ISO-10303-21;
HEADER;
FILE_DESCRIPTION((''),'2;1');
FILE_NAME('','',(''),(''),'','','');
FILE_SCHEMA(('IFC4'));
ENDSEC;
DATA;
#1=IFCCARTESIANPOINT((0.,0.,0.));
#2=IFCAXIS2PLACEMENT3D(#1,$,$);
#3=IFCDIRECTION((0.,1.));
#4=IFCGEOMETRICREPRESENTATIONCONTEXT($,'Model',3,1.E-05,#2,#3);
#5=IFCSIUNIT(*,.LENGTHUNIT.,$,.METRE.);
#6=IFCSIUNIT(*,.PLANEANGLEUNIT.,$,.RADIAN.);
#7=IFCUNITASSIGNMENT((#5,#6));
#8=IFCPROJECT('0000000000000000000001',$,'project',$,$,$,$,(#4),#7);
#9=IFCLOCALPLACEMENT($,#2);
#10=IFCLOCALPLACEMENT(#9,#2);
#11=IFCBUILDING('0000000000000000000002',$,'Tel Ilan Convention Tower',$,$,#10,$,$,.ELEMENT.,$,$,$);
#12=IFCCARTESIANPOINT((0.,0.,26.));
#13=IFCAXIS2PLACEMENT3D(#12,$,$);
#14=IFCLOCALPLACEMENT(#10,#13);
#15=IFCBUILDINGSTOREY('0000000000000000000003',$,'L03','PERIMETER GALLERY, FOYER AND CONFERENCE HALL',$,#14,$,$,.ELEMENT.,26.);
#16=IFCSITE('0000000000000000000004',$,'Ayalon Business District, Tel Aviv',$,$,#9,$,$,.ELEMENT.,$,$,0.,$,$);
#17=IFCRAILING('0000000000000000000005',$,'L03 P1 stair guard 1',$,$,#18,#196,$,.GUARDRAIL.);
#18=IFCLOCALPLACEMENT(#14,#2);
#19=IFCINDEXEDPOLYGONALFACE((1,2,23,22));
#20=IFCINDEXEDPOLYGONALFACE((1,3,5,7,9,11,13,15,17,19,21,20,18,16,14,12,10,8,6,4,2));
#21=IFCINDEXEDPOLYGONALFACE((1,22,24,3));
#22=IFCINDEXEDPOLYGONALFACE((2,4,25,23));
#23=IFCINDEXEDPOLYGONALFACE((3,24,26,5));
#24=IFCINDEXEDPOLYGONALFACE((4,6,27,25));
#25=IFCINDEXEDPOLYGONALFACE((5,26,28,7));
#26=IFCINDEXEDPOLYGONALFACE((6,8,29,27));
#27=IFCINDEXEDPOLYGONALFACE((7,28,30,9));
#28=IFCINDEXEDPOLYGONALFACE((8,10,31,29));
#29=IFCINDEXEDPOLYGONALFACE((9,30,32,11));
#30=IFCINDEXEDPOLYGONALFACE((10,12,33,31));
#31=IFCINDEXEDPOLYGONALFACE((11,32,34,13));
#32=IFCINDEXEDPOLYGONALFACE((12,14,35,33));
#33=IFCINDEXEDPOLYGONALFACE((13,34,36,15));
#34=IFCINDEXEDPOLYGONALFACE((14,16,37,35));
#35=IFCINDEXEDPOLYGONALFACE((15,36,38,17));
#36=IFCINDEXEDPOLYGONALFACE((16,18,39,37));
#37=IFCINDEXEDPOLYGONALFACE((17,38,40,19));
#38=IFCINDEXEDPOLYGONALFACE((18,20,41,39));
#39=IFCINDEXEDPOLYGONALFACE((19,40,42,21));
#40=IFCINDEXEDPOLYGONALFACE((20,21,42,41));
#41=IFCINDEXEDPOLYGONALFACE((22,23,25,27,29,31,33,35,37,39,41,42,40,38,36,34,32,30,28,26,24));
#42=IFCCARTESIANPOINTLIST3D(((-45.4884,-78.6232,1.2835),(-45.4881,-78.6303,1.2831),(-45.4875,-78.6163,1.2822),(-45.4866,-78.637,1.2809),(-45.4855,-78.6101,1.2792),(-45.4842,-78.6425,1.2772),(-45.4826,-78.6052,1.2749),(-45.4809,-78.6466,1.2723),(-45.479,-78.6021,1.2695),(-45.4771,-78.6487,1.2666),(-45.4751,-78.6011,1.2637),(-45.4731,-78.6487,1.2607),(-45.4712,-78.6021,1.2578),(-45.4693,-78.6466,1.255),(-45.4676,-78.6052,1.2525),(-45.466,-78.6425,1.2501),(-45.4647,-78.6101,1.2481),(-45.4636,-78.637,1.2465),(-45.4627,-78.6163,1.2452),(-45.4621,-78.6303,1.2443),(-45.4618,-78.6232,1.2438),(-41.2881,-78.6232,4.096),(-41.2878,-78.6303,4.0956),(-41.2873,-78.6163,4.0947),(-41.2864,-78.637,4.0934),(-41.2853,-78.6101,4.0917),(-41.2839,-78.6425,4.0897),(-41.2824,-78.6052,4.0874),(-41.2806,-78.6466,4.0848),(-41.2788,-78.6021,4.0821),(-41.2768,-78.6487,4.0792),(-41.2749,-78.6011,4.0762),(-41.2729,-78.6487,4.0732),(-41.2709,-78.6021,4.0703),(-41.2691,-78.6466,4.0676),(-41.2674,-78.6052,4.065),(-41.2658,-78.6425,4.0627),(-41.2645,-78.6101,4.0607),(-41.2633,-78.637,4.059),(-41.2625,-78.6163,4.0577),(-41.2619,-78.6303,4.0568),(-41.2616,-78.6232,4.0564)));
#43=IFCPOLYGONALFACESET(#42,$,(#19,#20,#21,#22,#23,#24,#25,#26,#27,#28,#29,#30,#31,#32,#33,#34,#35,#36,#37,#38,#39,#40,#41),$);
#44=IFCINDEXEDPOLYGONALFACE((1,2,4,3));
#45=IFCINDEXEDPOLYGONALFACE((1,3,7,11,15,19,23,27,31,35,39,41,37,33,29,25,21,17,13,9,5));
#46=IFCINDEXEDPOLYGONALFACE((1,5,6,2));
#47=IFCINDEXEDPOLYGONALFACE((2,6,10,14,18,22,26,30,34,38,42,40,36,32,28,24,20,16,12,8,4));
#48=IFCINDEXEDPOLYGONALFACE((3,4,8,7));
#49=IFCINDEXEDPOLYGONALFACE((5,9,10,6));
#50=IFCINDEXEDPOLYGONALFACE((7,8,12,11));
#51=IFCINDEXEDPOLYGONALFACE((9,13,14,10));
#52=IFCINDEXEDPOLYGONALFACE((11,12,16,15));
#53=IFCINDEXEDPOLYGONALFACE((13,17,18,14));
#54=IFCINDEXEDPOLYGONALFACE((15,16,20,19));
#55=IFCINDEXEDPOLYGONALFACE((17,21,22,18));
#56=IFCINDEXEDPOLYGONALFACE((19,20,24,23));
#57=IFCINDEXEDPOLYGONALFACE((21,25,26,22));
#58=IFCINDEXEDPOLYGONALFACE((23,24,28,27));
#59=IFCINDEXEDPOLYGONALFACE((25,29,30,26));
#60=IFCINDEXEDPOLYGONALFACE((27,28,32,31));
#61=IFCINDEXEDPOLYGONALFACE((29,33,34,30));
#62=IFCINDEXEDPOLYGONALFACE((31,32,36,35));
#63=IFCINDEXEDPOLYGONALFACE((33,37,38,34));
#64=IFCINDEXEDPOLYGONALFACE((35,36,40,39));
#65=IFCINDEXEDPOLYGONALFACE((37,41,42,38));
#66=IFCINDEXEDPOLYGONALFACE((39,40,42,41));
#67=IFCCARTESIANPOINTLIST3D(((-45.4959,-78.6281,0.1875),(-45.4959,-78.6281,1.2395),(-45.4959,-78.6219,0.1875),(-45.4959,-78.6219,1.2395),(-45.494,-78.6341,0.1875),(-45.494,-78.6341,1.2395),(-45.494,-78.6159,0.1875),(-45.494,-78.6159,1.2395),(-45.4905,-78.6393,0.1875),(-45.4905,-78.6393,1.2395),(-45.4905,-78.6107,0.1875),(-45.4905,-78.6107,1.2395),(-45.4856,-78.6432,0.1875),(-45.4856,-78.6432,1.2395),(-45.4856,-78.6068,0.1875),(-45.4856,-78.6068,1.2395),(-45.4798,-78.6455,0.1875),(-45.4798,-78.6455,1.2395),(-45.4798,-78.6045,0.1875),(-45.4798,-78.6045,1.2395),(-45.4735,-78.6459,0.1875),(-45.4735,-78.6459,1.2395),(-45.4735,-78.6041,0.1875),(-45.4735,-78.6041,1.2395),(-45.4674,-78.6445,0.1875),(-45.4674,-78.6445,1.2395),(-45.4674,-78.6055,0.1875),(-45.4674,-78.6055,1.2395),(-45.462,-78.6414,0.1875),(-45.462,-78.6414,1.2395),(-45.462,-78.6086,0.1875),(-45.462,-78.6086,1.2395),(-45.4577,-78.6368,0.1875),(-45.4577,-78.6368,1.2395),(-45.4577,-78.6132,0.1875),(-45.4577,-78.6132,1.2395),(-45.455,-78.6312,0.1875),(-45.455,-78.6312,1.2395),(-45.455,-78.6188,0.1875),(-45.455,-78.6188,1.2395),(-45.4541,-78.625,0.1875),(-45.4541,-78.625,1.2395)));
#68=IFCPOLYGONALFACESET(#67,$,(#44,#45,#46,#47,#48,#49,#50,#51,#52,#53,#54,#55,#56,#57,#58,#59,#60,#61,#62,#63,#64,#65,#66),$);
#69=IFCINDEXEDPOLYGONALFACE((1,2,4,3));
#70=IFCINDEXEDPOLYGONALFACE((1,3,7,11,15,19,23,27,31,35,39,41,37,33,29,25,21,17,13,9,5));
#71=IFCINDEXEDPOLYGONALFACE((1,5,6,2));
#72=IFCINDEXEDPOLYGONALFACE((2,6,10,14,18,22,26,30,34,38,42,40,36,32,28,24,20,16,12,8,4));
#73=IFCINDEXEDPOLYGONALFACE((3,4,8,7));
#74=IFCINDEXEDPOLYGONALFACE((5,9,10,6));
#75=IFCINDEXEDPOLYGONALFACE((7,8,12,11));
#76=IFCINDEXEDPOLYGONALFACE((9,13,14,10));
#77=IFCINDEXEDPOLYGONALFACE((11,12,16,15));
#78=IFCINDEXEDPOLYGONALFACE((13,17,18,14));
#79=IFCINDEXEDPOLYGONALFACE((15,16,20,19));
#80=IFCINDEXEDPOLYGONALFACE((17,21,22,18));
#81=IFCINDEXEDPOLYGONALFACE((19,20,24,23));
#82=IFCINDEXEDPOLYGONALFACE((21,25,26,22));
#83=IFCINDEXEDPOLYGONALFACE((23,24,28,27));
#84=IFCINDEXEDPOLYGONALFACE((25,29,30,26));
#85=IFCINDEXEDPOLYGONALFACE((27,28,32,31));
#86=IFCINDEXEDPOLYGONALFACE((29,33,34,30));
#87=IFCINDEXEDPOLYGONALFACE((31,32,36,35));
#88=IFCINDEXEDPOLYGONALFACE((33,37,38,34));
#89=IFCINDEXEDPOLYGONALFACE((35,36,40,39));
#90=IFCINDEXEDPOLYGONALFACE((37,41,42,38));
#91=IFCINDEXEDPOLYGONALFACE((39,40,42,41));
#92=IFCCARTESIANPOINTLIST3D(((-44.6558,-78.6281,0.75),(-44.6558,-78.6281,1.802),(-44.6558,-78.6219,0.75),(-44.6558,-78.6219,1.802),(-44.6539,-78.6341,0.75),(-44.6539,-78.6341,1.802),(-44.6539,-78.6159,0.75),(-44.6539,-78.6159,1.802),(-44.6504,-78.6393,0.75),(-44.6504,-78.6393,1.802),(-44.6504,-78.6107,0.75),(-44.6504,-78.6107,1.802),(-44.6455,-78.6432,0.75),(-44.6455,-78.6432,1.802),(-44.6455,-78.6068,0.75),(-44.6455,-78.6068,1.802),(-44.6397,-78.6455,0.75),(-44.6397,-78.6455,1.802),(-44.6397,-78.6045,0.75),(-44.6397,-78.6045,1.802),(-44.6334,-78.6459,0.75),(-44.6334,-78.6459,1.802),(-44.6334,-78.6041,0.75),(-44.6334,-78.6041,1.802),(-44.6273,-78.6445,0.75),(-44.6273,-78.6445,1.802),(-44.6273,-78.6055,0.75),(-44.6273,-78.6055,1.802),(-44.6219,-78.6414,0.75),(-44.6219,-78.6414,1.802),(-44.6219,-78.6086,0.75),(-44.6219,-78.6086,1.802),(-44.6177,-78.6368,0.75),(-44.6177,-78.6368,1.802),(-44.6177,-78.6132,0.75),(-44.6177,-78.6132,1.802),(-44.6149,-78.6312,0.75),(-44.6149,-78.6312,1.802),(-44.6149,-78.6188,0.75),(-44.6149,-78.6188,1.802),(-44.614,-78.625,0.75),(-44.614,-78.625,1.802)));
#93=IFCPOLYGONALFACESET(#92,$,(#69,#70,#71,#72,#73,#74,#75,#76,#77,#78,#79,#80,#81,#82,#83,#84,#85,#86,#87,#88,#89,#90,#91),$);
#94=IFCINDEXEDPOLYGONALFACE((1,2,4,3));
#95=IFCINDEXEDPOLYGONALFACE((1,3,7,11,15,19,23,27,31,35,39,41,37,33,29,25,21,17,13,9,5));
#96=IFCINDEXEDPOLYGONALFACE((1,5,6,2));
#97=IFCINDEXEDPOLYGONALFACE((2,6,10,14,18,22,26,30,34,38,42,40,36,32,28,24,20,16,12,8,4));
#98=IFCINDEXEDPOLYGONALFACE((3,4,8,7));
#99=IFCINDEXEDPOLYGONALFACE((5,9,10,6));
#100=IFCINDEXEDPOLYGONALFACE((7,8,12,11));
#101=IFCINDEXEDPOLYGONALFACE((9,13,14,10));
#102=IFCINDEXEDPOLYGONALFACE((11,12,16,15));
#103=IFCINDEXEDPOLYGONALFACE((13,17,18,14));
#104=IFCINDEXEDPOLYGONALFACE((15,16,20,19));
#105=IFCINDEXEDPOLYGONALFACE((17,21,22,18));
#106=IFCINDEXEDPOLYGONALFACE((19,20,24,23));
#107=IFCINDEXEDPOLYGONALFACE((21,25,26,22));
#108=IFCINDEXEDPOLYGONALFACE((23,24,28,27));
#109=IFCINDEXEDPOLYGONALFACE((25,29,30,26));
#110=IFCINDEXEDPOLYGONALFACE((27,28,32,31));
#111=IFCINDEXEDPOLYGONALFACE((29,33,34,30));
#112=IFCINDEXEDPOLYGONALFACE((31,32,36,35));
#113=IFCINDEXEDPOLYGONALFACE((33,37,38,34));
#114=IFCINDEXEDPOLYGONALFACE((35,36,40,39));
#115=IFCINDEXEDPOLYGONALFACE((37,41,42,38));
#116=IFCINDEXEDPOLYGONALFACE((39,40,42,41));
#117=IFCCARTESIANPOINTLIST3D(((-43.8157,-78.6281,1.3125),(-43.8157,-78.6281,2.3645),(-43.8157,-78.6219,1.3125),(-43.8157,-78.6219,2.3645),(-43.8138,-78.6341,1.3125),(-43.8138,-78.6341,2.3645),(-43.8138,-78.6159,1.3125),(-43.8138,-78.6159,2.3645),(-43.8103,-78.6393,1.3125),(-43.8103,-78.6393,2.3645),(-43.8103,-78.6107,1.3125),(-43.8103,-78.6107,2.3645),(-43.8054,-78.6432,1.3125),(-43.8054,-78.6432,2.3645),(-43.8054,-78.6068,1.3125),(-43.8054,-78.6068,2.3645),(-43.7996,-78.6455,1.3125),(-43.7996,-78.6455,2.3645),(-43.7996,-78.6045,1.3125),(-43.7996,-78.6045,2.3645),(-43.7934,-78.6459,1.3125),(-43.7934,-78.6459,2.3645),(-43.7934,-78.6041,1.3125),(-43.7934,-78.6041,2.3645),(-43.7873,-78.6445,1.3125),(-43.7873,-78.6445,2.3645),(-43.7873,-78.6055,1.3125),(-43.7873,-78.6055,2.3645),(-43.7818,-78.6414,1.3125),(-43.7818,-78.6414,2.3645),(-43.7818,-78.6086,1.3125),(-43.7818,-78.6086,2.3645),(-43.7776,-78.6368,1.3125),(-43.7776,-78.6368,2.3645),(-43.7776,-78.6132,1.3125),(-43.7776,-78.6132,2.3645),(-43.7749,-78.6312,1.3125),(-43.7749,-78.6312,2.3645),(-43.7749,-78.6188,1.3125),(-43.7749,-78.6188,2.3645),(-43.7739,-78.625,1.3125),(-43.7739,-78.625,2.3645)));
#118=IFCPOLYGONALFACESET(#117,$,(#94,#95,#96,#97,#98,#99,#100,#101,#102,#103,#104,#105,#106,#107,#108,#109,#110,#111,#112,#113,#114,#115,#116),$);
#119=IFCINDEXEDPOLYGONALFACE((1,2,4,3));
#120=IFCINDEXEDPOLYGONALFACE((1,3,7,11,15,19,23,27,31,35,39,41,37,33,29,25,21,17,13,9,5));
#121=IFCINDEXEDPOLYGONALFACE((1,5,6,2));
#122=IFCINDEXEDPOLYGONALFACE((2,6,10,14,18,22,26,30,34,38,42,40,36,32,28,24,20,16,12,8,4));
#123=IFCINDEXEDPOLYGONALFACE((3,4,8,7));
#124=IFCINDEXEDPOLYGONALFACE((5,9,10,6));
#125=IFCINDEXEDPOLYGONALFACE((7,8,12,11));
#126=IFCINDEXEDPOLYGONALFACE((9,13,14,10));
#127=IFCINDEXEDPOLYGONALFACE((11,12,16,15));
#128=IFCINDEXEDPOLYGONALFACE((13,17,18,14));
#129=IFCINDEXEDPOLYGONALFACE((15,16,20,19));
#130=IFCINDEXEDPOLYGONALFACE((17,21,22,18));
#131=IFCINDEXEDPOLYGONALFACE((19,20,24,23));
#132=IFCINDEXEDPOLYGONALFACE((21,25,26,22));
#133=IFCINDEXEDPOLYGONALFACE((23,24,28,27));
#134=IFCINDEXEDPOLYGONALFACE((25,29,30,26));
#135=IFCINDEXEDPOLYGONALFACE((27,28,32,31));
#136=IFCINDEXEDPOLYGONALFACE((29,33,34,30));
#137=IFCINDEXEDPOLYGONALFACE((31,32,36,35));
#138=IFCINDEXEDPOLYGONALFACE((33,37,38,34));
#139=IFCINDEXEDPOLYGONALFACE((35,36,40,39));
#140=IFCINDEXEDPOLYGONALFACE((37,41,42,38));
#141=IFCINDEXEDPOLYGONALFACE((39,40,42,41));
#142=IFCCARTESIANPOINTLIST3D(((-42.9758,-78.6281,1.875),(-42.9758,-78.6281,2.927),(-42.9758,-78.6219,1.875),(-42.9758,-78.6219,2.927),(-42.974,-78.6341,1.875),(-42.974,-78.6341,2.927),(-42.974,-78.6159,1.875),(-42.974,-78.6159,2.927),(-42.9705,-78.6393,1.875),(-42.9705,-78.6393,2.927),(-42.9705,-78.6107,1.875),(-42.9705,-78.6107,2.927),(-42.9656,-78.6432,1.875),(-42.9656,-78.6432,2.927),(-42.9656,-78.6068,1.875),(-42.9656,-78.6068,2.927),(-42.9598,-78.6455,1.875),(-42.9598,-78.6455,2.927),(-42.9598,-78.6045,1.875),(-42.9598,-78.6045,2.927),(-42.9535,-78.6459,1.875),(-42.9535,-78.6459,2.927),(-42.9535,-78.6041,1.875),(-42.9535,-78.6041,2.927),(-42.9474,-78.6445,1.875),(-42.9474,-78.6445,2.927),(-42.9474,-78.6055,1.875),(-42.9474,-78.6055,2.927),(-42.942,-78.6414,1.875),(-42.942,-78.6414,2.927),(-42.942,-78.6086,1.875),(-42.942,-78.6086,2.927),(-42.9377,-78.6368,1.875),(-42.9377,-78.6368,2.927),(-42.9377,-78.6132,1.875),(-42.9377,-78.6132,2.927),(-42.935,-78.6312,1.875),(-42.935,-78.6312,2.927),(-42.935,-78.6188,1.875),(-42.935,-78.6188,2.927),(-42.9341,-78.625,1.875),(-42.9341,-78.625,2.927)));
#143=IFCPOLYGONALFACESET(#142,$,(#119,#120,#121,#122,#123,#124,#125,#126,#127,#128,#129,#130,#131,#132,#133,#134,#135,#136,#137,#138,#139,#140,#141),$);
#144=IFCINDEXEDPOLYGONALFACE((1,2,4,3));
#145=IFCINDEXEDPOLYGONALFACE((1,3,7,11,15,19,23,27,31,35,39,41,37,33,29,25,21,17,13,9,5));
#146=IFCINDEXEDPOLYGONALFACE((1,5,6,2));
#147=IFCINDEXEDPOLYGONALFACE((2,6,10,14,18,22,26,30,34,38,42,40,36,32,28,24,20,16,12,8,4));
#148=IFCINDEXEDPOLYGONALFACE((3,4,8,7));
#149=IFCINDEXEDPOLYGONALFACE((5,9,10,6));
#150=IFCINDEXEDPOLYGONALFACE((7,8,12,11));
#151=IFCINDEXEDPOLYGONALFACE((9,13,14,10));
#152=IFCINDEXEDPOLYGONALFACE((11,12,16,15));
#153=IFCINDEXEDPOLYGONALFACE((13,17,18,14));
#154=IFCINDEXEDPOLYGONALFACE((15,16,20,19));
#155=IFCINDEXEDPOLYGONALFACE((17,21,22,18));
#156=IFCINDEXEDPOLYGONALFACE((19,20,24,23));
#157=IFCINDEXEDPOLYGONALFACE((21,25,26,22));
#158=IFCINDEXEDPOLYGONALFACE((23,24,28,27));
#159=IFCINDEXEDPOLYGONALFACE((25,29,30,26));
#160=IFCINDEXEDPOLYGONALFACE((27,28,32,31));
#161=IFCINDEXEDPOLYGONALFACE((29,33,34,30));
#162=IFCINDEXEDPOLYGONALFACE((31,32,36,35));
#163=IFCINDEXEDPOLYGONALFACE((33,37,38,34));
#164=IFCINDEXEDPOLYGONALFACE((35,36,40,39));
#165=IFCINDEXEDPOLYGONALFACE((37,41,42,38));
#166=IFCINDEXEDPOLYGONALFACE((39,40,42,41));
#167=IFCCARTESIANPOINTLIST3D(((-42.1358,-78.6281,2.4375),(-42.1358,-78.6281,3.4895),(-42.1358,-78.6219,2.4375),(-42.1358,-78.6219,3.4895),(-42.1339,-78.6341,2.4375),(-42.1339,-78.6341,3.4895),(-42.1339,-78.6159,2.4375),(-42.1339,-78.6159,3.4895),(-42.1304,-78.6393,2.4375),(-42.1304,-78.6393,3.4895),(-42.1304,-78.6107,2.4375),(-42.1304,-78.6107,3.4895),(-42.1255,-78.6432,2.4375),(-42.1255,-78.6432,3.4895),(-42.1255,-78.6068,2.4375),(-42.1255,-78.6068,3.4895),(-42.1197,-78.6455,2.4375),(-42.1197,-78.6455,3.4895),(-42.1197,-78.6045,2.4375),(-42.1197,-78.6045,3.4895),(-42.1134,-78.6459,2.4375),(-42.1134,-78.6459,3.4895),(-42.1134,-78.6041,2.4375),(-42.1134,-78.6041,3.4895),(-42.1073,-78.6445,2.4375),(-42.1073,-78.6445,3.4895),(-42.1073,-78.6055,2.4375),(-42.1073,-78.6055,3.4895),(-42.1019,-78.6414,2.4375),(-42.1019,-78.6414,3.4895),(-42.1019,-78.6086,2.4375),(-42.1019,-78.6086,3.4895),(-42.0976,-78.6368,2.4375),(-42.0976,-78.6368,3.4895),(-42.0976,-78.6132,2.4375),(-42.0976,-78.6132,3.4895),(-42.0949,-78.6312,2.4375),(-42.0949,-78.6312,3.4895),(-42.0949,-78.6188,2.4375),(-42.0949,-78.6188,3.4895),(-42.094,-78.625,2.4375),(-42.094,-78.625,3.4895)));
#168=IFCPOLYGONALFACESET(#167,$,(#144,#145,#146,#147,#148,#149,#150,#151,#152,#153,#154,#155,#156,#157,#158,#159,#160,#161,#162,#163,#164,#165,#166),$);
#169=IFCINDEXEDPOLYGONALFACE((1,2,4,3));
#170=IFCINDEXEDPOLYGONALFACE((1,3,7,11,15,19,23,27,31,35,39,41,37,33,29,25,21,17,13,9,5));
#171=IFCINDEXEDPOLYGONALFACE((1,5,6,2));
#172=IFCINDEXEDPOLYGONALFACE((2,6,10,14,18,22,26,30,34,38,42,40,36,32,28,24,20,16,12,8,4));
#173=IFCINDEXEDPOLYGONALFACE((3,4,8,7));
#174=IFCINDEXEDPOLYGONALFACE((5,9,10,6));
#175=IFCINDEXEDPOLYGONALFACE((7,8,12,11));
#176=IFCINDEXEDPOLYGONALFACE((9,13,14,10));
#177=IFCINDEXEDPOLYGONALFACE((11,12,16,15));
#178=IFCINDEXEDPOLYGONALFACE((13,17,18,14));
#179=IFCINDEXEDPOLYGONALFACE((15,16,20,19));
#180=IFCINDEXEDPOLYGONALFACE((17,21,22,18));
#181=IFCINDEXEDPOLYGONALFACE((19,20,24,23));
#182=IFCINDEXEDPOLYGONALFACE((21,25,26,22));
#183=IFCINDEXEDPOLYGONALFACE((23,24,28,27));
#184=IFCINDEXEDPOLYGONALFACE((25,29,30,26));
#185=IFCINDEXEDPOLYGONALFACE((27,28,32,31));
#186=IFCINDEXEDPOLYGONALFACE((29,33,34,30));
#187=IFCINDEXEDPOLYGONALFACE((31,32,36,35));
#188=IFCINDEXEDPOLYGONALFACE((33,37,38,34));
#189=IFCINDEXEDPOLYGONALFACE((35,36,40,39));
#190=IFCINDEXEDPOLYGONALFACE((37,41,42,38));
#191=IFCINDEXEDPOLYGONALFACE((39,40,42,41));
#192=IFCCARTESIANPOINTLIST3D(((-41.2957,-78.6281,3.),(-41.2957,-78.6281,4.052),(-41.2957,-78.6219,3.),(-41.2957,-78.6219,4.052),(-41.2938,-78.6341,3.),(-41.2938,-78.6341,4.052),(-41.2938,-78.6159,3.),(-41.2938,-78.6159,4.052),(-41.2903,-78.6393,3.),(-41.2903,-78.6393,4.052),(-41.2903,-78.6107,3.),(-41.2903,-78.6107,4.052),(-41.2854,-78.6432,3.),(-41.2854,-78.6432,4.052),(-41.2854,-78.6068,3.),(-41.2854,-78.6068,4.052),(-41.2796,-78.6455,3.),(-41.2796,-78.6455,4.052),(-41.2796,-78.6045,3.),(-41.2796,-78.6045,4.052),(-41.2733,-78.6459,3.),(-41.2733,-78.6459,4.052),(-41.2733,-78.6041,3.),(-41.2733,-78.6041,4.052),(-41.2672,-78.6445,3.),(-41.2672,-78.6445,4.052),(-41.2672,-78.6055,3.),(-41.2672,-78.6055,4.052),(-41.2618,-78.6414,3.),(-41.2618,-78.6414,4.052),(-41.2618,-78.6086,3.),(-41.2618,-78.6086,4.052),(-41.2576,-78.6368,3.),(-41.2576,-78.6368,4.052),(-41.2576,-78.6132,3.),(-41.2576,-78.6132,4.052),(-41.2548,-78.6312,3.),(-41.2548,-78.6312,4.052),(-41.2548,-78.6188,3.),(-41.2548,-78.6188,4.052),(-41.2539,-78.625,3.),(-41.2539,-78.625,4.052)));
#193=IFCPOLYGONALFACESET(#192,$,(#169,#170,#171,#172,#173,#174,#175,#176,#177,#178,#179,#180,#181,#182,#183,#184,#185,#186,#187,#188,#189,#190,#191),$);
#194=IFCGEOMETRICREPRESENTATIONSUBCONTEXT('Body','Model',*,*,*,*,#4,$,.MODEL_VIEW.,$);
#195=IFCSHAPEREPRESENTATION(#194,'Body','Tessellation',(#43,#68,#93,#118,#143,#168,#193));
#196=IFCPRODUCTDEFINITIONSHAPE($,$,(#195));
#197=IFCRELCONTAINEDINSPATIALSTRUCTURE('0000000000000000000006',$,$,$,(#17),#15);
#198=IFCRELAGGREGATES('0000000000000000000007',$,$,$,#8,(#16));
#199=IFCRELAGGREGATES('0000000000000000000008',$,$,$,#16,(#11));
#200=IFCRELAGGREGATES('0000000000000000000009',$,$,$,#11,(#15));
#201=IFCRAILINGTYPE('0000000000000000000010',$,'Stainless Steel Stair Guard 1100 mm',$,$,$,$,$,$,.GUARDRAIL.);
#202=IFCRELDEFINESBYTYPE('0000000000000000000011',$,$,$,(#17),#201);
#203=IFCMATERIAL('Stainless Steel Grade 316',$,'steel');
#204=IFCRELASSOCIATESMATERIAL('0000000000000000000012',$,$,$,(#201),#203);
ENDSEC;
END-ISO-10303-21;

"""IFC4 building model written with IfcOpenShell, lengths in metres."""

from ifc_helpers import new_model, si_unit, direction, frame, origin, origin_2d, place, context, subcontext, project, spatial, circle, extrude, material, type_object, element, save


model = new_model("IFC4")

# Units and contexts
model_context = context("Model", 3, precision=1e-05, world=origin(), true_north=direction((0.0, 1.0)))
body_context = subcontext(model_context, "Body", "Model", "MODEL_VIEW")
ifc_project = project(units=[si_unit("LENGTHUNIT", "METRE"), si_unit("PLANEANGLEUNIT", "RADIAN")], contexts=[model_context])

# Site, building, storey
site_placement = place(None, origin())
site = spatial("IfcSite", under=ifc_project, at=site_placement, Name="Ayalon Business District, Tel Aviv", CompositionType="ELEMENT", RefElevation=0.0)
building_placement = place(site_placement, origin())
building = spatial("IfcBuilding", under=site, at=building_placement, Name="Tel Ilan Convention Tower", CompositionType="ELEMENT")
storey_placement = place(building_placement, frame((0.0, 0.0, 26.0)))
storey = spatial("IfcBuildingStorey", under=building, at=storey_placement, Name="L03", Description="PERIMETER GALLERY, FOYER AND CONFERENCE HALL", CompositionType="ELEMENT", Elevation=26.0)

# Railing
ifc_material_1 = material(Name="Stainless Steel Grade 316", Category="steel")
railing_type_1 = type_object("IfcRailingType", Name="Stainless Steel Stair Guard 1100 mm", PredefinedType="GUARDRAIL", material=ifc_material_1)
railing_1_placement = place(storey_placement, frame((-45.4751, -78.625, 0.1875)))
element("IfcRailing", 1, at=railing_1_placement, inside=storey, type_object=railing_type_1, Name="L03 P1 stair guard 1", PredefinedType="GUARDRAIL", context=body_context, shape_type="SweptSolid", body=[
    extrude(circle(Radius=0.0239, at=origin_2d()), frame((0.0, 0.0, 1.0762), z_axis=(0.830919, 0.0, 0.556393), x_axis=(0.0, 1.0, 0.0)), (0.0, 0.0, 1.0), 5.0549),
    extrude(circle(Radius=0.021, at=origin_2d()), origin(), (0.0, 0.0, 1.0), 1.052),
    extrude(circle(Radius=0.021, at=origin_2d()), frame((0.8401, 0.0, 0.5625)), (0.0, 0.0, 1.0), 1.052),
    extrude(circle(Radius=0.021, at=origin_2d()), frame((1.6802, 0.0, 1.125)), (0.0, 0.0, 1.0), 1.052),
    extrude(circle(Radius=0.021, at=origin_2d()), frame((2.52, 0.0, 1.6875)), (0.0, 0.0, 1.0), 1.052),
    extrude(circle(Radius=0.021, at=origin_2d()), frame((3.3601, 0.0, 2.25)), (0.0, 0.0, 1.0), 1.052),
    extrude(circle(Radius=0.021, at=origin_2d()), frame((4.2002, 0.0, 2.8125)), (0.0, 0.0, 1.0), 1.052),
])

save(model, "model.ifc")
